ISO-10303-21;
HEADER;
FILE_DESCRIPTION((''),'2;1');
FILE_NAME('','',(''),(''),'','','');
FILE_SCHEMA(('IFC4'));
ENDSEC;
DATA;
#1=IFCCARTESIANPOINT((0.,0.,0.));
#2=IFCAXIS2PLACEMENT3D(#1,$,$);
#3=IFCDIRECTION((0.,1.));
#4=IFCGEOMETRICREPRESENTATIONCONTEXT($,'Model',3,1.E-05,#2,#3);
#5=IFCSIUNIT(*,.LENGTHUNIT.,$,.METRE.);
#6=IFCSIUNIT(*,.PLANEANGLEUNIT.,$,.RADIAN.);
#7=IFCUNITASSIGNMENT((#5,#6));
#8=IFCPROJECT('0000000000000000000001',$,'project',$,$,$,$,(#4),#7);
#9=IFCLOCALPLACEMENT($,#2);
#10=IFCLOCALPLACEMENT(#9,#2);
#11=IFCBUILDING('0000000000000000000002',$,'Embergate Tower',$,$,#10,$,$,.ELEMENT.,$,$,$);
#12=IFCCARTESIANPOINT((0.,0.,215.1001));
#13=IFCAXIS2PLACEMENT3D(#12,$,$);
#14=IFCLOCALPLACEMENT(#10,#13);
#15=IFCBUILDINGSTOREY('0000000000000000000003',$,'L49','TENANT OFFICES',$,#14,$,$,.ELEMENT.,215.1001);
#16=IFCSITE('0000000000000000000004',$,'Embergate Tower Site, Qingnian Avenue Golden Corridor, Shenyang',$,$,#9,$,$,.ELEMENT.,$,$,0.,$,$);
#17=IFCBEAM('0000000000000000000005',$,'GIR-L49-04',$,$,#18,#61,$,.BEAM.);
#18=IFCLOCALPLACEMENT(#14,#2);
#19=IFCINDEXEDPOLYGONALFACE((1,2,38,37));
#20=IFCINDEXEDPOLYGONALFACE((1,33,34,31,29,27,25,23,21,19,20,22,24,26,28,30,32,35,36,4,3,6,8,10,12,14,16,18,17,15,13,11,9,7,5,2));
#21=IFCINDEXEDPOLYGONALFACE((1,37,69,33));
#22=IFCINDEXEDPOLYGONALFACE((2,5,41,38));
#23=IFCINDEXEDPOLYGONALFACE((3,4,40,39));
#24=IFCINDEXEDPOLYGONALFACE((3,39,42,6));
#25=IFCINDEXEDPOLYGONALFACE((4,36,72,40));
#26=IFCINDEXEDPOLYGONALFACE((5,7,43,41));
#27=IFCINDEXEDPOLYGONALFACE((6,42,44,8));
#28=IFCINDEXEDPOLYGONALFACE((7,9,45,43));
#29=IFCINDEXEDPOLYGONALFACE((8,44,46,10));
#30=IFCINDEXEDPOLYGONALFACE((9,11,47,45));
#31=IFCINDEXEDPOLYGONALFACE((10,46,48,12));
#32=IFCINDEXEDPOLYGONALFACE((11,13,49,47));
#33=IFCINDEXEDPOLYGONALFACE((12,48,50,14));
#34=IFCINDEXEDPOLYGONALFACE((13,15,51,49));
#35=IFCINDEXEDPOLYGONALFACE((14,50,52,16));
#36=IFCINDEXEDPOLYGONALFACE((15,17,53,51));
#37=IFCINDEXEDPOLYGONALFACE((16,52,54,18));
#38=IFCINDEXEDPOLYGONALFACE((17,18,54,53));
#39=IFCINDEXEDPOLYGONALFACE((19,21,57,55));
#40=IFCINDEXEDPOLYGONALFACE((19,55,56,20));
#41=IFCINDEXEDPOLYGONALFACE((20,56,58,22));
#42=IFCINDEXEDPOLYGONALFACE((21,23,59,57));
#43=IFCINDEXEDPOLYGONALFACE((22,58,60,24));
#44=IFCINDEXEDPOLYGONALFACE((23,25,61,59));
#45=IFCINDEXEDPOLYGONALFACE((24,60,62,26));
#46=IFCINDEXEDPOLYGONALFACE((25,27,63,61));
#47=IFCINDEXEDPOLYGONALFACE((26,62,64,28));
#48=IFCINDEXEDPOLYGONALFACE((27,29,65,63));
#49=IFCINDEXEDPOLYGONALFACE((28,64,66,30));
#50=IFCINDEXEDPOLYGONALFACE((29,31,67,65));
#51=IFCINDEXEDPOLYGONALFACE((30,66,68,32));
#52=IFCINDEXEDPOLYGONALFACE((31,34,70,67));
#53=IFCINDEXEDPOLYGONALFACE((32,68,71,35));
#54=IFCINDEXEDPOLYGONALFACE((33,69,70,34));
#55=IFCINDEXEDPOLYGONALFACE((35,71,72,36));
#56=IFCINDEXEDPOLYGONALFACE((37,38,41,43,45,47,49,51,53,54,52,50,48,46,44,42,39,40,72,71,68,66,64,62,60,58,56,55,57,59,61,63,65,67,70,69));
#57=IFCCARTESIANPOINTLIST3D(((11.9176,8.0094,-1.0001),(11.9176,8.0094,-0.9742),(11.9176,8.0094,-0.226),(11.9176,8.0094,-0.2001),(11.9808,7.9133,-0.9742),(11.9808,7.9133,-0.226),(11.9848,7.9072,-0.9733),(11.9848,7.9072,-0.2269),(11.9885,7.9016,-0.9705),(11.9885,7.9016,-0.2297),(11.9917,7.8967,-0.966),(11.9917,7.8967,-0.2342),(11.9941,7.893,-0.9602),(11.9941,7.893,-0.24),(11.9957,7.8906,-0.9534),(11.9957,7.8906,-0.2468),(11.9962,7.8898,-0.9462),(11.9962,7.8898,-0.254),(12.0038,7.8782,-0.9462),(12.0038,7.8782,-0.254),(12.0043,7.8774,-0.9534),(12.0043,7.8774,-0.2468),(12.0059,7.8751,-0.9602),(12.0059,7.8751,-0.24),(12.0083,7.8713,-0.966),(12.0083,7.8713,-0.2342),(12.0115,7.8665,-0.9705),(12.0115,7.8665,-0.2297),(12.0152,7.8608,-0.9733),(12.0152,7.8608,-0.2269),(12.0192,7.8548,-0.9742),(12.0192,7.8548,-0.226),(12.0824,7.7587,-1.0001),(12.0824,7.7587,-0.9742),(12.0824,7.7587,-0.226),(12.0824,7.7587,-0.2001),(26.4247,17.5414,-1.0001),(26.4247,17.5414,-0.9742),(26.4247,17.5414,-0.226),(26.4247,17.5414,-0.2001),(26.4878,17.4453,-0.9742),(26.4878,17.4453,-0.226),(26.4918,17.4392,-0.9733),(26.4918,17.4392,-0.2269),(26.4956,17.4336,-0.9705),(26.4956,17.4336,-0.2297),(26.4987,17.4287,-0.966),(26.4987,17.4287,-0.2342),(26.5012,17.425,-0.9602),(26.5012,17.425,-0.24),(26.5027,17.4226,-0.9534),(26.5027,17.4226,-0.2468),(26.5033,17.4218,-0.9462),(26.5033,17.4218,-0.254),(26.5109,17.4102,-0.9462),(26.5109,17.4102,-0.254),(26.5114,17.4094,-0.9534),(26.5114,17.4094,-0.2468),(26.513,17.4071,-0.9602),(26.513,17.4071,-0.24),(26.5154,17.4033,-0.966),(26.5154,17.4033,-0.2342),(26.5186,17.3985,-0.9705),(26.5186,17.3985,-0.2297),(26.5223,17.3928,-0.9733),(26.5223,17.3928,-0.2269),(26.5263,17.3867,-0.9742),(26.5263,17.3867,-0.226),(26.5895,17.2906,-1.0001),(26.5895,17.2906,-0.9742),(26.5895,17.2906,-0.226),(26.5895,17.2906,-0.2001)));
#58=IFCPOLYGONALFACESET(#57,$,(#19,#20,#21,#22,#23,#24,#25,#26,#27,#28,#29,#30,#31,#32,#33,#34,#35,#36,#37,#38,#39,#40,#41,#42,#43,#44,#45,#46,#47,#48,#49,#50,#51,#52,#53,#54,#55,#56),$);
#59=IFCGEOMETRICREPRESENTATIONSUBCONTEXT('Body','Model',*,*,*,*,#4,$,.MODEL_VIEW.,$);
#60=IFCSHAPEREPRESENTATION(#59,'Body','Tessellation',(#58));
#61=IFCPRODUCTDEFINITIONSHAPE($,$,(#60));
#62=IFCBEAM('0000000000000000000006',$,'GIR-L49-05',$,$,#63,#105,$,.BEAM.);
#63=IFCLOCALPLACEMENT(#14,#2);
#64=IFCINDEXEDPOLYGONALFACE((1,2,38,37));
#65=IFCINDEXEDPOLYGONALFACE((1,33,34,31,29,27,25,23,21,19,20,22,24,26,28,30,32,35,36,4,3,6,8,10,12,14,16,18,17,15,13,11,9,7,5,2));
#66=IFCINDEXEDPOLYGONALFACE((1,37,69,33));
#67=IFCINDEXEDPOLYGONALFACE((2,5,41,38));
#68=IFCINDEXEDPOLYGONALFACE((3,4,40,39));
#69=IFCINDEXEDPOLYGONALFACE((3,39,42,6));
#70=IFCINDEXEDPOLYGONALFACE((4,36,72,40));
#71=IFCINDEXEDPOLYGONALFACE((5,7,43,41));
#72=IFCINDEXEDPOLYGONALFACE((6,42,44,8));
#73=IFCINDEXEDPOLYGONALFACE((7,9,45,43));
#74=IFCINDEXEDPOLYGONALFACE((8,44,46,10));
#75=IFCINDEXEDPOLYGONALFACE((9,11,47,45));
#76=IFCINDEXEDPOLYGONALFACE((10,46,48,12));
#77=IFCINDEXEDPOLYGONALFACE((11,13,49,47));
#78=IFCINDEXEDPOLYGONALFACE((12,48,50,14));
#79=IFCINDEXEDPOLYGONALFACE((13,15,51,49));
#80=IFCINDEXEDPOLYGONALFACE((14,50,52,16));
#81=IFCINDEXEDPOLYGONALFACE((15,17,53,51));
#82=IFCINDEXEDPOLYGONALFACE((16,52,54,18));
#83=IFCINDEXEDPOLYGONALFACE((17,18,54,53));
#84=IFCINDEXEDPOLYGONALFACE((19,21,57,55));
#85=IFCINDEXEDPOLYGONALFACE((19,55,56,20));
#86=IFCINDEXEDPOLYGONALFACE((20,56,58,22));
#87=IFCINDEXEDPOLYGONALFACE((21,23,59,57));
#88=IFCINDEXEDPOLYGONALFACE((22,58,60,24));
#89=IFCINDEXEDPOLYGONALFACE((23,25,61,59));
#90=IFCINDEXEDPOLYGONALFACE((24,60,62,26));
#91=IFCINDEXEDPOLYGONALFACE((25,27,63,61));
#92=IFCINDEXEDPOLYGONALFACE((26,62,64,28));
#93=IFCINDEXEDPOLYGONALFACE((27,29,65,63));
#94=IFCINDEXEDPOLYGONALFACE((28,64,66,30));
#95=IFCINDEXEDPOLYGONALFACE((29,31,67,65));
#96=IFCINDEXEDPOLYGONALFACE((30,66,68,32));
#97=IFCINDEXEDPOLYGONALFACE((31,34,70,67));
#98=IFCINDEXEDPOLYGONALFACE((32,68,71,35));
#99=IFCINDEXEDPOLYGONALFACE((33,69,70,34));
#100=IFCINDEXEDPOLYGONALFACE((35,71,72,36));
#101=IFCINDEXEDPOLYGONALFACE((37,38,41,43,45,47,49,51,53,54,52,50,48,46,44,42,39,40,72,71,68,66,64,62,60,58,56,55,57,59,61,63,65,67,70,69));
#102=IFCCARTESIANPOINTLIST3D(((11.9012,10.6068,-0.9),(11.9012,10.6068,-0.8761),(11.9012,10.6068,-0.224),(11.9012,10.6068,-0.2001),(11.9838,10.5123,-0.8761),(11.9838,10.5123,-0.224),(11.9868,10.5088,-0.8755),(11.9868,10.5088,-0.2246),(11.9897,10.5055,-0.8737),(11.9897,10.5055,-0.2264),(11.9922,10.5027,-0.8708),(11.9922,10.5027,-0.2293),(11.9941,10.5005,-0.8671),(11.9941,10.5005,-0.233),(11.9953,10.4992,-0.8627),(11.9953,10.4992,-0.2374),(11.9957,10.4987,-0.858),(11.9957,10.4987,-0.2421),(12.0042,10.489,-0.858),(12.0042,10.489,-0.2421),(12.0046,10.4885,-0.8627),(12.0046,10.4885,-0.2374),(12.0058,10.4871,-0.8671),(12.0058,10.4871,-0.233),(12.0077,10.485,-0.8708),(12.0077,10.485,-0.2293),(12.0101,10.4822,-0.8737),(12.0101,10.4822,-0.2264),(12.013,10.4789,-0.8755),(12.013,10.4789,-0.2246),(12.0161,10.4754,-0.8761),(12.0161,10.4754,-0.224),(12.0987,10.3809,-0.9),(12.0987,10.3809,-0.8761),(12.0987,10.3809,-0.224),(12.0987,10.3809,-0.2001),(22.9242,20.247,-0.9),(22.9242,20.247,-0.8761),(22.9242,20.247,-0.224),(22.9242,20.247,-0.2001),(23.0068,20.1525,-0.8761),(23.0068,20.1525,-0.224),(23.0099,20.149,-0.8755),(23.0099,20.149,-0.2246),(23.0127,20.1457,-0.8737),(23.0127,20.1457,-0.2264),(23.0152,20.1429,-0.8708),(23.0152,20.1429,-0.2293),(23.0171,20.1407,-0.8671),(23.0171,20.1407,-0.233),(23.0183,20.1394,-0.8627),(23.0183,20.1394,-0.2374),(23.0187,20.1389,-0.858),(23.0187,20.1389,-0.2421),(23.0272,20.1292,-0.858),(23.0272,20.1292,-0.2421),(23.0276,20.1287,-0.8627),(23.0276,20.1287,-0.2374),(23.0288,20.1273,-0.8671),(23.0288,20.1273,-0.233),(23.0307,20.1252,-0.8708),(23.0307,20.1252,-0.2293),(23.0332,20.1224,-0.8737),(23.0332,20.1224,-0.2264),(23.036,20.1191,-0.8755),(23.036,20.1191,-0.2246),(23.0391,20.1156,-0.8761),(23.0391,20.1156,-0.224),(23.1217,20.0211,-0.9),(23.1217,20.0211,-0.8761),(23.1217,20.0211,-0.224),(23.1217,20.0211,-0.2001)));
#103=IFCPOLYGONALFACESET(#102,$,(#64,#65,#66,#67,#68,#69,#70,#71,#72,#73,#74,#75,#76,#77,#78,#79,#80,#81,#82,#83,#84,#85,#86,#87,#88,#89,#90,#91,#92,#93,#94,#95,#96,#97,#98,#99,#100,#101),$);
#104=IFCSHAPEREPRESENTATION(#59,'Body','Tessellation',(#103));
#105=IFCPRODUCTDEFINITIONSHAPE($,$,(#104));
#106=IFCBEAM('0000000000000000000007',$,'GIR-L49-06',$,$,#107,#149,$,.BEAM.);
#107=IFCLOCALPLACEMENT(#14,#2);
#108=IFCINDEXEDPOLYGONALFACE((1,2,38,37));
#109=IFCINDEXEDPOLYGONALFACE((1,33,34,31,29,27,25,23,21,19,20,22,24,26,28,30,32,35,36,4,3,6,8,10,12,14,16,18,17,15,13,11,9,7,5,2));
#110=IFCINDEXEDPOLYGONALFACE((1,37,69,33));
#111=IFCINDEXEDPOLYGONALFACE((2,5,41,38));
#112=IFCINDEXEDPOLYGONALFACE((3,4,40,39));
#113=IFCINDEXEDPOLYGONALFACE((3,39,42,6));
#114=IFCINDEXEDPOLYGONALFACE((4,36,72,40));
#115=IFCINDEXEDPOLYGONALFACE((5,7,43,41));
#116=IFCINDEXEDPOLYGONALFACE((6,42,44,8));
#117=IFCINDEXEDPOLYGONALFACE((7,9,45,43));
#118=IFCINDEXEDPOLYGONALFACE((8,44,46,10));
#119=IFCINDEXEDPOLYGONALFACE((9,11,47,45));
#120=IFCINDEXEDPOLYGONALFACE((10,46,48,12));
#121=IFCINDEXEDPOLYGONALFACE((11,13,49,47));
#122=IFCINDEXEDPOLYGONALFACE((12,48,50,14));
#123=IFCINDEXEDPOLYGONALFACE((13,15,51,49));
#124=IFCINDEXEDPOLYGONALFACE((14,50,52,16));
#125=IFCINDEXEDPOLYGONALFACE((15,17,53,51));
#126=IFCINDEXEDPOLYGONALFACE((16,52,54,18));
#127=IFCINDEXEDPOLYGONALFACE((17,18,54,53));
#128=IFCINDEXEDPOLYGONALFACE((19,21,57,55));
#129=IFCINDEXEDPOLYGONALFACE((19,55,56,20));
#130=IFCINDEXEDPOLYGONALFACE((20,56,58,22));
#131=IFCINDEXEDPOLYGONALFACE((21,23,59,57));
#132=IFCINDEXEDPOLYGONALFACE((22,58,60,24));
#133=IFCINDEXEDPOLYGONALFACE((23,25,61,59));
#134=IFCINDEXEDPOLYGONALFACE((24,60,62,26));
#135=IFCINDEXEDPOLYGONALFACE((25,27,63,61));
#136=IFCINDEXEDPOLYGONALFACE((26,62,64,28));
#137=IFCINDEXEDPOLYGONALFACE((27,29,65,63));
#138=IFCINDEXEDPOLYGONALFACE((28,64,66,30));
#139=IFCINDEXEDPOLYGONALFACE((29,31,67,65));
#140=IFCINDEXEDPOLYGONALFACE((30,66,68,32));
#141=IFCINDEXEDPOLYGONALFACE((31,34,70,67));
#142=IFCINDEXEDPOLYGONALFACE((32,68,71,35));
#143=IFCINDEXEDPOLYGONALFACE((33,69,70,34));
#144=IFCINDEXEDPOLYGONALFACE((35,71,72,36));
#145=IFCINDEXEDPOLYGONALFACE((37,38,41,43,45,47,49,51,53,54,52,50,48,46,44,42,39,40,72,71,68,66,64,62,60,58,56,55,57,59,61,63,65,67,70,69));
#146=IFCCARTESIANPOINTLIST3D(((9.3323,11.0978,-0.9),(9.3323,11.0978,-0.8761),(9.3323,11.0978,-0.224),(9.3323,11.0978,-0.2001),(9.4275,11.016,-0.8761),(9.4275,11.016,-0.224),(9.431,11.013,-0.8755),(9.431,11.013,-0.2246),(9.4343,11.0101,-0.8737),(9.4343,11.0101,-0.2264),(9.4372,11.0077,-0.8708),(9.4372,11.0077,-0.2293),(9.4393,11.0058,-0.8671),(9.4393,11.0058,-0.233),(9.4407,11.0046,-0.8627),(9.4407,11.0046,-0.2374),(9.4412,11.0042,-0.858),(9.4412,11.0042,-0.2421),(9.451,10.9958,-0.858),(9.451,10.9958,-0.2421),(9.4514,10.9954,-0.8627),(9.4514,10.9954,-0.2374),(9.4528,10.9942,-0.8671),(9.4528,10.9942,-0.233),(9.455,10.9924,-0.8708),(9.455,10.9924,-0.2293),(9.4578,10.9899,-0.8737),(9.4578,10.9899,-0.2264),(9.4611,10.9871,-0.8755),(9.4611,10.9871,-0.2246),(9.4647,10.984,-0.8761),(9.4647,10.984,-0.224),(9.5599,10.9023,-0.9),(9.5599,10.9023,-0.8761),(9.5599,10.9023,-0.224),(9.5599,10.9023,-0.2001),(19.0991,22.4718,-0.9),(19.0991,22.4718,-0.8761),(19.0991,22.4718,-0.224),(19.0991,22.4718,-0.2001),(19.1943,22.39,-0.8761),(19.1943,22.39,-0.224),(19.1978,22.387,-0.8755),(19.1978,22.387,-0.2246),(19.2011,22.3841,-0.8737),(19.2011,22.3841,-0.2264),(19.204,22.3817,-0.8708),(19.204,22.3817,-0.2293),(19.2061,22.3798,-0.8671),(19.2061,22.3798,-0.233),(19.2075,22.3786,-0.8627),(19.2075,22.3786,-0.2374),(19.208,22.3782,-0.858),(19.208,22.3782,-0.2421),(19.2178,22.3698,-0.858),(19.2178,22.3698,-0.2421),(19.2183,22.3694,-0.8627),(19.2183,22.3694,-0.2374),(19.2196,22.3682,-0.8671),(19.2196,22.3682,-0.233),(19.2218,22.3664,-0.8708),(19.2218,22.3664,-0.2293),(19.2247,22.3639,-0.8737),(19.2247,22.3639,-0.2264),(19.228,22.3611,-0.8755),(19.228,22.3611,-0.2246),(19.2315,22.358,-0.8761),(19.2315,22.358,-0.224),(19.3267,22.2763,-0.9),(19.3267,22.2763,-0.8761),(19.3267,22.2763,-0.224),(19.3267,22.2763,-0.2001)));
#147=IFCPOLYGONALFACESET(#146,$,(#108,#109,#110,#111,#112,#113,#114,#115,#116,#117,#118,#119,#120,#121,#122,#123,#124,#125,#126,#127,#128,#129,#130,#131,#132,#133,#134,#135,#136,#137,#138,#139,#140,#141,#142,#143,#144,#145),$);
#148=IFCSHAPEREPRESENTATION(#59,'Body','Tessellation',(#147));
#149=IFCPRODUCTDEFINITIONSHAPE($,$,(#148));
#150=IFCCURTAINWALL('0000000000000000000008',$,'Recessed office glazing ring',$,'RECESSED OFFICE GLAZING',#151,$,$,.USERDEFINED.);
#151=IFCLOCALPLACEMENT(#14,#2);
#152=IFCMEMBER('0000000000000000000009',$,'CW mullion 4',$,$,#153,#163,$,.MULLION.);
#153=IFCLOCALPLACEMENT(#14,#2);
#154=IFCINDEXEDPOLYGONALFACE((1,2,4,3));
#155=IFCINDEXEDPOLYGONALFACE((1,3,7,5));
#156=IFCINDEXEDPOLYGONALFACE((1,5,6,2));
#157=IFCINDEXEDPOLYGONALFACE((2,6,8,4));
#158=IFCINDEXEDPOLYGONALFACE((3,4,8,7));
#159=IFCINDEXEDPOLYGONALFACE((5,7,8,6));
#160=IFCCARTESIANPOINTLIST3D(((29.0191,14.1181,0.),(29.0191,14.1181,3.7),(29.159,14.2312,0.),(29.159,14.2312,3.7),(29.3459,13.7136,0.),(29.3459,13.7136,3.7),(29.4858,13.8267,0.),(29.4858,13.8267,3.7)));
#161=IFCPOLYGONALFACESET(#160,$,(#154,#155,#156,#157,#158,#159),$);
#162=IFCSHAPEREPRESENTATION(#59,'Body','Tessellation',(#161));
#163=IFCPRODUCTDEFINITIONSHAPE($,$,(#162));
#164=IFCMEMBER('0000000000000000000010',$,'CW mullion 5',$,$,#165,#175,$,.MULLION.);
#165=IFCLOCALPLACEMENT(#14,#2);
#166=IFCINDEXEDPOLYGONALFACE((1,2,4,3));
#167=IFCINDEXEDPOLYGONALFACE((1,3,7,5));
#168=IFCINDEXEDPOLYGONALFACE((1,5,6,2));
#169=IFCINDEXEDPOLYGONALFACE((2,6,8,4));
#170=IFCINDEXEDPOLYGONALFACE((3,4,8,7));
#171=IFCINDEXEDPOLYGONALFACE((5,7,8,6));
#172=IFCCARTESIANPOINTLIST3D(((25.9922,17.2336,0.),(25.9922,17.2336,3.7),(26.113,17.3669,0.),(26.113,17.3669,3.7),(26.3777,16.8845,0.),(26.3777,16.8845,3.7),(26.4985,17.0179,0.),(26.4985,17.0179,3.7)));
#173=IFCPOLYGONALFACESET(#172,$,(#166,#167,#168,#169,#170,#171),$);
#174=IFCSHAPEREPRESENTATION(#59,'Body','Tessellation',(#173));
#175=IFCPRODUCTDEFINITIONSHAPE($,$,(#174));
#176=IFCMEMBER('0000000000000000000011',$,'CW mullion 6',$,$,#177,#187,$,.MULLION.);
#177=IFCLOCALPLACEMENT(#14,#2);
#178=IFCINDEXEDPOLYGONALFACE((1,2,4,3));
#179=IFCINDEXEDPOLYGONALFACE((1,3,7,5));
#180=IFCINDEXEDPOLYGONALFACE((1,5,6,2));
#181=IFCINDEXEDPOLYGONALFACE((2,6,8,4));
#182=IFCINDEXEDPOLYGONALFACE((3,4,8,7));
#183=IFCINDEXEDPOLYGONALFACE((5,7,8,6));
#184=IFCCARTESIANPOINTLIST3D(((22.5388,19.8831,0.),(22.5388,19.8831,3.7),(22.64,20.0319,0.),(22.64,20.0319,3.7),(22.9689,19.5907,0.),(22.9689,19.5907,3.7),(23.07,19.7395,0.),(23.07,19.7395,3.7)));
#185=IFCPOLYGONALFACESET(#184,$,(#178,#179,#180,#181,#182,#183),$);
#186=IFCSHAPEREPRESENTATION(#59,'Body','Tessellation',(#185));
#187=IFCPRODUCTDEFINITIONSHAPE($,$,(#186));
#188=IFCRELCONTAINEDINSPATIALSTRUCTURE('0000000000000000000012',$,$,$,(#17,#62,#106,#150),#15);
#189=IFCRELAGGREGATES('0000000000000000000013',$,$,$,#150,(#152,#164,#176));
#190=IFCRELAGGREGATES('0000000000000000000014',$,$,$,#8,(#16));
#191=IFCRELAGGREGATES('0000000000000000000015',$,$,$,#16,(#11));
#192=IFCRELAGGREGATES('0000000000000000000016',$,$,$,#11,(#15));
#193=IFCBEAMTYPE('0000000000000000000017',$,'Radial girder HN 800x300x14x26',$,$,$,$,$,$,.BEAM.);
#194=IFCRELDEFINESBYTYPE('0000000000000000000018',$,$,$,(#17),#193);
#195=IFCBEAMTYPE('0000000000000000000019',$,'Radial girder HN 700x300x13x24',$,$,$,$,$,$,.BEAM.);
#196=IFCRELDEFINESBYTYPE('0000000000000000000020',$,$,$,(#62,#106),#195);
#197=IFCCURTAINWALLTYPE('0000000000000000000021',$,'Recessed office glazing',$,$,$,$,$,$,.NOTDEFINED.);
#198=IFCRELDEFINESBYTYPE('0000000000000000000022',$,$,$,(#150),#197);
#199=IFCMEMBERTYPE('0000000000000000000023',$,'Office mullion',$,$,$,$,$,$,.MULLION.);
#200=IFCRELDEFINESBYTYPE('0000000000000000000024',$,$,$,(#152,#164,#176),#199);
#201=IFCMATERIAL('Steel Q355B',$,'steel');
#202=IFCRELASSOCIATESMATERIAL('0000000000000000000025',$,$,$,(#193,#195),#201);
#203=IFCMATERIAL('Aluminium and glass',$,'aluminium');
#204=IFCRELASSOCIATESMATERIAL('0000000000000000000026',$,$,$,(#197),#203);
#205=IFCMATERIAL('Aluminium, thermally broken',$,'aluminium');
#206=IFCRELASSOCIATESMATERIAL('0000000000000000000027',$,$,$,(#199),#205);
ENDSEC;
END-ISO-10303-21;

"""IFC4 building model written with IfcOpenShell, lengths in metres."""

from ifc_helpers import new_model, si_unit, direction, frame, origin, origin_2d, place, context, subcontext, project, spatial, rectangle, i_section, extrude, source, transform, mapped, material, material_profile, profile_set, type_object, element, aggregate, save


model = new_model("IFC4")

# Units and contexts
model_context = context("Model", 3, precision=1e-05, world=origin(), true_north=direction((0.0, 1.0)))
body_context = subcontext(model_context, "Body", "Model", "MODEL_VIEW")
ifc_project = project(units=[si_unit("LENGTHUNIT", "METRE"), si_unit("PLANEANGLEUNIT", "RADIAN")], contexts=[model_context])

# Site, building, storey
site_placement = place(None, origin())
site = spatial("IfcSite", under=ifc_project, at=site_placement, Name="Embergate Tower Site, Qingnian Avenue Golden Corridor, Shenyang", CompositionType="ELEMENT", RefElevation=0.0)
building_placement = place(site_placement, origin())
building = spatial("IfcBuilding", under=site, at=building_placement, Name="Embergate Tower", CompositionType="ELEMENT")
storey_placement = place(building_placement, frame((0.0, 0.0, 215.1001)))
storey = spatial("IfcBuildingStorey", under=building, at=storey_placement, Name="L49", Description="TENANT OFFICES", CompositionType="ELEMENT", Elevation=215.1001)

# Beams
ifc_material_1 = material(Name="Steel Q355B", Category="steel")
ifc_material_profile_1 = material_profile(ifc_material_1, i_section(OverallWidth=0.3, OverallDepth=0.8, WebThickness=0.0139, FlangeThickness=0.0259, FilletRadius=0.0281, at=origin_2d()), Name="HN 800x300x14x26")
ifc_profile_set_1 = profile_set([ifc_material_profile_1], Name="Steel Q355 grade B")
beam_type_1 = type_object("IfcBeamType", Name="Radial girder HN 800x300x14x26", PredefinedType="BEAM", material=ifc_profile_set_1)
shared_shape_1 = source(origin(), body_context, "Body", "SweptSolid", [
    extrude(i_section(OverallWidth=0.3, OverallDepth=0.8, WebThickness=0.0139, FlangeThickness=0.0259, FilletRadius=0.0281, at=origin_2d()), origin(), (0.0, 0.0, 1.0), 17.3584),
])
beam_1_placement = place(storey_placement, frame((26.5071, 17.416, -0.6001), z_axis=(-0.835738, -0.549128, 0.0), x_axis=(0.549128, -0.835738, 0.0)))
element("IfcBeam", 1, at=beam_1_placement, inside=storey, type_object=beam_type_1, Name="GIR-L49-04", PredefinedType="BEAM", context=body_context, shape_type="MappedRepresentation", body=[
    mapped(shared_shape_1, transform((0.0, 0.0, 0.0))),
])
ifc_material_profile_2 = material_profile(ifc_material_1, i_section(OverallWidth=0.3, OverallDepth=0.7, WebThickness=0.0129, FlangeThickness=0.0239, FilletRadius=0.0181, at=origin_2d()), Name="HN 700x300x13x24")
ifc_profile_set_2 = profile_set([ifc_material_profile_2], Name="Steel Q355 grade B")
beam_type_2 = type_object("IfcBeamType", Name="Radial girder HN 700x300x13x24", PredefinedType="BEAM", material=ifc_profile_set_2)
shared_shape_2 = source(origin(), body_context, "Body", "SweptSolid", [
    extrude(i_section(OverallWidth=0.3, OverallDepth=0.7, WebThickness=0.0129, FlangeThickness=0.0239, FilletRadius=0.0181, at=origin_2d()), origin(), (0.0, 0.0, 1.0), 14.6438),
])
beam_2_placement = place(storey_placement, frame((23.0229, 20.134, -0.55), z_axis=(-0.752744, -0.658313, 0.0), x_axis=(0.658313, -0.752744, 0.0)))
element("IfcBeam", 2, at=beam_2_placement, inside=storey, type_object=beam_type_2, Name="GIR-L49-05", PredefinedType="BEAM", context=body_context, shape_type="MappedRepresentation", body=[
    mapped(shared_shape_2, transform((0.0, 0.0, 0.0))),
])
shared_shape_3 = source(origin(), body_context, "Body", "SweptSolid", [
    extrude(i_section(OverallWidth=0.3, OverallDepth=0.7, WebThickness=0.0129, FlangeThickness=0.0239, FilletRadius=0.0181, at=origin_2d()), origin(), (0.0, 0.0, 1.0), 14.9919),
])
beam_3_placement = place(storey_placement, frame((19.2129, 22.374, -0.55), z_axis=(-0.651471, -0.758673, 0.0), x_axis=(0.758673, -0.651471, 0.0)))
element("IfcBeam", 3, at=beam_3_placement, inside=storey, type_object=beam_type_2, Name="GIR-L49-06", PredefinedType="BEAM", context=body_context, shape_type="MappedRepresentation", body=[
    mapped(shared_shape_3, transform((0.0, 0.0, 0.0))),
])

# Curtain wall, members
ifc_material_2 = material(Name="Aluminium and glass", Category="aluminium")
curtain_wall_type = type_object("IfcCurtainWallType", Name="Recessed office glazing", PredefinedType="NOTDEFINED", material=ifc_material_2)
curtain_wall_placement = place(storey_placement, origin())
curtain_wall = element("IfcCurtainWall", 4, at=curtain_wall_placement, inside=storey, type_object=curtain_wall_type, Name="Recessed office glazing ring", ObjectType="RECESSED OFFICE GLAZING", PredefinedType="USERDEFINED")
ifc_material_3 = material(Name="Aluminium, thermally broken", Category="aluminium")
ifc_material_profile_3 = material_profile(ifc_material_3, rectangle(XDim=0.1799, YDim=0.52, at=origin_2d()), Name="AL 520x180")
ifc_profile_set_3 = profile_set([ifc_material_profile_3], Name="Aluminium, thermally broken")
member_type_1 = type_object("IfcMemberType", Name="Office mullion", PredefinedType="MULLION", material=ifc_profile_set_3)
shared_shape_4 = source(origin(), body_context, "Body", "SweptSolid", [
    extrude(rectangle(XDim=0.1799, YDim=0.52, at=origin_2d()), origin(), (0.0, 0.0, 1.0), 3.7),
])
member_1_placement = place(storey_placement, frame((29.2524, 13.9724, 0.0), z_axis=(0.0, 0.0, 1.0), x_axis=(-0.777875, -0.628419, 0.0)))
member_1 = element("IfcMember", 5, at=member_1_placement, type_object=member_type_1, Name="CW mullion 4", PredefinedType="MULLION", context=body_context, shape_type="MappedRepresentation", body=[
    mapped(shared_shape_4, transform((0.0, 0.0, 0.0))),
])
member_2_placement = place(storey_placement, frame((26.2454, 17.1257, 0.0), z_axis=(0.0, 0.0, 1.0), x_axis=(-0.67123, -0.741249, 0.0)))
member_2 = element("IfcMember", 6, at=member_2_placement, type_object=member_type_1, Name="CW mullion 5", PredefinedType="MULLION", context=body_context, shape_type="MappedRepresentation", body=[
    mapped(shared_shape_4, transform((0.0, 0.0, 0.0))),
])
member_3_placement = place(storey_placement, frame((22.8044, 19.8113, 0.0), z_axis=(0.0, 0.0, 1.0), x_axis=(-0.562221, -0.826987, 0.0)))
member_3 = element("IfcMember", 7, at=member_3_placement, type_object=member_type_1, Name="CW mullion 6", PredefinedType="MULLION", context=body_context, shape_type="MappedRepresentation", body=[
    mapped(shared_shape_4, transform((0.0, 0.0, 0.0))),
])
aggregate(curtain_wall, [member_1, member_2, member_3])

save(model, "model.ifc")
